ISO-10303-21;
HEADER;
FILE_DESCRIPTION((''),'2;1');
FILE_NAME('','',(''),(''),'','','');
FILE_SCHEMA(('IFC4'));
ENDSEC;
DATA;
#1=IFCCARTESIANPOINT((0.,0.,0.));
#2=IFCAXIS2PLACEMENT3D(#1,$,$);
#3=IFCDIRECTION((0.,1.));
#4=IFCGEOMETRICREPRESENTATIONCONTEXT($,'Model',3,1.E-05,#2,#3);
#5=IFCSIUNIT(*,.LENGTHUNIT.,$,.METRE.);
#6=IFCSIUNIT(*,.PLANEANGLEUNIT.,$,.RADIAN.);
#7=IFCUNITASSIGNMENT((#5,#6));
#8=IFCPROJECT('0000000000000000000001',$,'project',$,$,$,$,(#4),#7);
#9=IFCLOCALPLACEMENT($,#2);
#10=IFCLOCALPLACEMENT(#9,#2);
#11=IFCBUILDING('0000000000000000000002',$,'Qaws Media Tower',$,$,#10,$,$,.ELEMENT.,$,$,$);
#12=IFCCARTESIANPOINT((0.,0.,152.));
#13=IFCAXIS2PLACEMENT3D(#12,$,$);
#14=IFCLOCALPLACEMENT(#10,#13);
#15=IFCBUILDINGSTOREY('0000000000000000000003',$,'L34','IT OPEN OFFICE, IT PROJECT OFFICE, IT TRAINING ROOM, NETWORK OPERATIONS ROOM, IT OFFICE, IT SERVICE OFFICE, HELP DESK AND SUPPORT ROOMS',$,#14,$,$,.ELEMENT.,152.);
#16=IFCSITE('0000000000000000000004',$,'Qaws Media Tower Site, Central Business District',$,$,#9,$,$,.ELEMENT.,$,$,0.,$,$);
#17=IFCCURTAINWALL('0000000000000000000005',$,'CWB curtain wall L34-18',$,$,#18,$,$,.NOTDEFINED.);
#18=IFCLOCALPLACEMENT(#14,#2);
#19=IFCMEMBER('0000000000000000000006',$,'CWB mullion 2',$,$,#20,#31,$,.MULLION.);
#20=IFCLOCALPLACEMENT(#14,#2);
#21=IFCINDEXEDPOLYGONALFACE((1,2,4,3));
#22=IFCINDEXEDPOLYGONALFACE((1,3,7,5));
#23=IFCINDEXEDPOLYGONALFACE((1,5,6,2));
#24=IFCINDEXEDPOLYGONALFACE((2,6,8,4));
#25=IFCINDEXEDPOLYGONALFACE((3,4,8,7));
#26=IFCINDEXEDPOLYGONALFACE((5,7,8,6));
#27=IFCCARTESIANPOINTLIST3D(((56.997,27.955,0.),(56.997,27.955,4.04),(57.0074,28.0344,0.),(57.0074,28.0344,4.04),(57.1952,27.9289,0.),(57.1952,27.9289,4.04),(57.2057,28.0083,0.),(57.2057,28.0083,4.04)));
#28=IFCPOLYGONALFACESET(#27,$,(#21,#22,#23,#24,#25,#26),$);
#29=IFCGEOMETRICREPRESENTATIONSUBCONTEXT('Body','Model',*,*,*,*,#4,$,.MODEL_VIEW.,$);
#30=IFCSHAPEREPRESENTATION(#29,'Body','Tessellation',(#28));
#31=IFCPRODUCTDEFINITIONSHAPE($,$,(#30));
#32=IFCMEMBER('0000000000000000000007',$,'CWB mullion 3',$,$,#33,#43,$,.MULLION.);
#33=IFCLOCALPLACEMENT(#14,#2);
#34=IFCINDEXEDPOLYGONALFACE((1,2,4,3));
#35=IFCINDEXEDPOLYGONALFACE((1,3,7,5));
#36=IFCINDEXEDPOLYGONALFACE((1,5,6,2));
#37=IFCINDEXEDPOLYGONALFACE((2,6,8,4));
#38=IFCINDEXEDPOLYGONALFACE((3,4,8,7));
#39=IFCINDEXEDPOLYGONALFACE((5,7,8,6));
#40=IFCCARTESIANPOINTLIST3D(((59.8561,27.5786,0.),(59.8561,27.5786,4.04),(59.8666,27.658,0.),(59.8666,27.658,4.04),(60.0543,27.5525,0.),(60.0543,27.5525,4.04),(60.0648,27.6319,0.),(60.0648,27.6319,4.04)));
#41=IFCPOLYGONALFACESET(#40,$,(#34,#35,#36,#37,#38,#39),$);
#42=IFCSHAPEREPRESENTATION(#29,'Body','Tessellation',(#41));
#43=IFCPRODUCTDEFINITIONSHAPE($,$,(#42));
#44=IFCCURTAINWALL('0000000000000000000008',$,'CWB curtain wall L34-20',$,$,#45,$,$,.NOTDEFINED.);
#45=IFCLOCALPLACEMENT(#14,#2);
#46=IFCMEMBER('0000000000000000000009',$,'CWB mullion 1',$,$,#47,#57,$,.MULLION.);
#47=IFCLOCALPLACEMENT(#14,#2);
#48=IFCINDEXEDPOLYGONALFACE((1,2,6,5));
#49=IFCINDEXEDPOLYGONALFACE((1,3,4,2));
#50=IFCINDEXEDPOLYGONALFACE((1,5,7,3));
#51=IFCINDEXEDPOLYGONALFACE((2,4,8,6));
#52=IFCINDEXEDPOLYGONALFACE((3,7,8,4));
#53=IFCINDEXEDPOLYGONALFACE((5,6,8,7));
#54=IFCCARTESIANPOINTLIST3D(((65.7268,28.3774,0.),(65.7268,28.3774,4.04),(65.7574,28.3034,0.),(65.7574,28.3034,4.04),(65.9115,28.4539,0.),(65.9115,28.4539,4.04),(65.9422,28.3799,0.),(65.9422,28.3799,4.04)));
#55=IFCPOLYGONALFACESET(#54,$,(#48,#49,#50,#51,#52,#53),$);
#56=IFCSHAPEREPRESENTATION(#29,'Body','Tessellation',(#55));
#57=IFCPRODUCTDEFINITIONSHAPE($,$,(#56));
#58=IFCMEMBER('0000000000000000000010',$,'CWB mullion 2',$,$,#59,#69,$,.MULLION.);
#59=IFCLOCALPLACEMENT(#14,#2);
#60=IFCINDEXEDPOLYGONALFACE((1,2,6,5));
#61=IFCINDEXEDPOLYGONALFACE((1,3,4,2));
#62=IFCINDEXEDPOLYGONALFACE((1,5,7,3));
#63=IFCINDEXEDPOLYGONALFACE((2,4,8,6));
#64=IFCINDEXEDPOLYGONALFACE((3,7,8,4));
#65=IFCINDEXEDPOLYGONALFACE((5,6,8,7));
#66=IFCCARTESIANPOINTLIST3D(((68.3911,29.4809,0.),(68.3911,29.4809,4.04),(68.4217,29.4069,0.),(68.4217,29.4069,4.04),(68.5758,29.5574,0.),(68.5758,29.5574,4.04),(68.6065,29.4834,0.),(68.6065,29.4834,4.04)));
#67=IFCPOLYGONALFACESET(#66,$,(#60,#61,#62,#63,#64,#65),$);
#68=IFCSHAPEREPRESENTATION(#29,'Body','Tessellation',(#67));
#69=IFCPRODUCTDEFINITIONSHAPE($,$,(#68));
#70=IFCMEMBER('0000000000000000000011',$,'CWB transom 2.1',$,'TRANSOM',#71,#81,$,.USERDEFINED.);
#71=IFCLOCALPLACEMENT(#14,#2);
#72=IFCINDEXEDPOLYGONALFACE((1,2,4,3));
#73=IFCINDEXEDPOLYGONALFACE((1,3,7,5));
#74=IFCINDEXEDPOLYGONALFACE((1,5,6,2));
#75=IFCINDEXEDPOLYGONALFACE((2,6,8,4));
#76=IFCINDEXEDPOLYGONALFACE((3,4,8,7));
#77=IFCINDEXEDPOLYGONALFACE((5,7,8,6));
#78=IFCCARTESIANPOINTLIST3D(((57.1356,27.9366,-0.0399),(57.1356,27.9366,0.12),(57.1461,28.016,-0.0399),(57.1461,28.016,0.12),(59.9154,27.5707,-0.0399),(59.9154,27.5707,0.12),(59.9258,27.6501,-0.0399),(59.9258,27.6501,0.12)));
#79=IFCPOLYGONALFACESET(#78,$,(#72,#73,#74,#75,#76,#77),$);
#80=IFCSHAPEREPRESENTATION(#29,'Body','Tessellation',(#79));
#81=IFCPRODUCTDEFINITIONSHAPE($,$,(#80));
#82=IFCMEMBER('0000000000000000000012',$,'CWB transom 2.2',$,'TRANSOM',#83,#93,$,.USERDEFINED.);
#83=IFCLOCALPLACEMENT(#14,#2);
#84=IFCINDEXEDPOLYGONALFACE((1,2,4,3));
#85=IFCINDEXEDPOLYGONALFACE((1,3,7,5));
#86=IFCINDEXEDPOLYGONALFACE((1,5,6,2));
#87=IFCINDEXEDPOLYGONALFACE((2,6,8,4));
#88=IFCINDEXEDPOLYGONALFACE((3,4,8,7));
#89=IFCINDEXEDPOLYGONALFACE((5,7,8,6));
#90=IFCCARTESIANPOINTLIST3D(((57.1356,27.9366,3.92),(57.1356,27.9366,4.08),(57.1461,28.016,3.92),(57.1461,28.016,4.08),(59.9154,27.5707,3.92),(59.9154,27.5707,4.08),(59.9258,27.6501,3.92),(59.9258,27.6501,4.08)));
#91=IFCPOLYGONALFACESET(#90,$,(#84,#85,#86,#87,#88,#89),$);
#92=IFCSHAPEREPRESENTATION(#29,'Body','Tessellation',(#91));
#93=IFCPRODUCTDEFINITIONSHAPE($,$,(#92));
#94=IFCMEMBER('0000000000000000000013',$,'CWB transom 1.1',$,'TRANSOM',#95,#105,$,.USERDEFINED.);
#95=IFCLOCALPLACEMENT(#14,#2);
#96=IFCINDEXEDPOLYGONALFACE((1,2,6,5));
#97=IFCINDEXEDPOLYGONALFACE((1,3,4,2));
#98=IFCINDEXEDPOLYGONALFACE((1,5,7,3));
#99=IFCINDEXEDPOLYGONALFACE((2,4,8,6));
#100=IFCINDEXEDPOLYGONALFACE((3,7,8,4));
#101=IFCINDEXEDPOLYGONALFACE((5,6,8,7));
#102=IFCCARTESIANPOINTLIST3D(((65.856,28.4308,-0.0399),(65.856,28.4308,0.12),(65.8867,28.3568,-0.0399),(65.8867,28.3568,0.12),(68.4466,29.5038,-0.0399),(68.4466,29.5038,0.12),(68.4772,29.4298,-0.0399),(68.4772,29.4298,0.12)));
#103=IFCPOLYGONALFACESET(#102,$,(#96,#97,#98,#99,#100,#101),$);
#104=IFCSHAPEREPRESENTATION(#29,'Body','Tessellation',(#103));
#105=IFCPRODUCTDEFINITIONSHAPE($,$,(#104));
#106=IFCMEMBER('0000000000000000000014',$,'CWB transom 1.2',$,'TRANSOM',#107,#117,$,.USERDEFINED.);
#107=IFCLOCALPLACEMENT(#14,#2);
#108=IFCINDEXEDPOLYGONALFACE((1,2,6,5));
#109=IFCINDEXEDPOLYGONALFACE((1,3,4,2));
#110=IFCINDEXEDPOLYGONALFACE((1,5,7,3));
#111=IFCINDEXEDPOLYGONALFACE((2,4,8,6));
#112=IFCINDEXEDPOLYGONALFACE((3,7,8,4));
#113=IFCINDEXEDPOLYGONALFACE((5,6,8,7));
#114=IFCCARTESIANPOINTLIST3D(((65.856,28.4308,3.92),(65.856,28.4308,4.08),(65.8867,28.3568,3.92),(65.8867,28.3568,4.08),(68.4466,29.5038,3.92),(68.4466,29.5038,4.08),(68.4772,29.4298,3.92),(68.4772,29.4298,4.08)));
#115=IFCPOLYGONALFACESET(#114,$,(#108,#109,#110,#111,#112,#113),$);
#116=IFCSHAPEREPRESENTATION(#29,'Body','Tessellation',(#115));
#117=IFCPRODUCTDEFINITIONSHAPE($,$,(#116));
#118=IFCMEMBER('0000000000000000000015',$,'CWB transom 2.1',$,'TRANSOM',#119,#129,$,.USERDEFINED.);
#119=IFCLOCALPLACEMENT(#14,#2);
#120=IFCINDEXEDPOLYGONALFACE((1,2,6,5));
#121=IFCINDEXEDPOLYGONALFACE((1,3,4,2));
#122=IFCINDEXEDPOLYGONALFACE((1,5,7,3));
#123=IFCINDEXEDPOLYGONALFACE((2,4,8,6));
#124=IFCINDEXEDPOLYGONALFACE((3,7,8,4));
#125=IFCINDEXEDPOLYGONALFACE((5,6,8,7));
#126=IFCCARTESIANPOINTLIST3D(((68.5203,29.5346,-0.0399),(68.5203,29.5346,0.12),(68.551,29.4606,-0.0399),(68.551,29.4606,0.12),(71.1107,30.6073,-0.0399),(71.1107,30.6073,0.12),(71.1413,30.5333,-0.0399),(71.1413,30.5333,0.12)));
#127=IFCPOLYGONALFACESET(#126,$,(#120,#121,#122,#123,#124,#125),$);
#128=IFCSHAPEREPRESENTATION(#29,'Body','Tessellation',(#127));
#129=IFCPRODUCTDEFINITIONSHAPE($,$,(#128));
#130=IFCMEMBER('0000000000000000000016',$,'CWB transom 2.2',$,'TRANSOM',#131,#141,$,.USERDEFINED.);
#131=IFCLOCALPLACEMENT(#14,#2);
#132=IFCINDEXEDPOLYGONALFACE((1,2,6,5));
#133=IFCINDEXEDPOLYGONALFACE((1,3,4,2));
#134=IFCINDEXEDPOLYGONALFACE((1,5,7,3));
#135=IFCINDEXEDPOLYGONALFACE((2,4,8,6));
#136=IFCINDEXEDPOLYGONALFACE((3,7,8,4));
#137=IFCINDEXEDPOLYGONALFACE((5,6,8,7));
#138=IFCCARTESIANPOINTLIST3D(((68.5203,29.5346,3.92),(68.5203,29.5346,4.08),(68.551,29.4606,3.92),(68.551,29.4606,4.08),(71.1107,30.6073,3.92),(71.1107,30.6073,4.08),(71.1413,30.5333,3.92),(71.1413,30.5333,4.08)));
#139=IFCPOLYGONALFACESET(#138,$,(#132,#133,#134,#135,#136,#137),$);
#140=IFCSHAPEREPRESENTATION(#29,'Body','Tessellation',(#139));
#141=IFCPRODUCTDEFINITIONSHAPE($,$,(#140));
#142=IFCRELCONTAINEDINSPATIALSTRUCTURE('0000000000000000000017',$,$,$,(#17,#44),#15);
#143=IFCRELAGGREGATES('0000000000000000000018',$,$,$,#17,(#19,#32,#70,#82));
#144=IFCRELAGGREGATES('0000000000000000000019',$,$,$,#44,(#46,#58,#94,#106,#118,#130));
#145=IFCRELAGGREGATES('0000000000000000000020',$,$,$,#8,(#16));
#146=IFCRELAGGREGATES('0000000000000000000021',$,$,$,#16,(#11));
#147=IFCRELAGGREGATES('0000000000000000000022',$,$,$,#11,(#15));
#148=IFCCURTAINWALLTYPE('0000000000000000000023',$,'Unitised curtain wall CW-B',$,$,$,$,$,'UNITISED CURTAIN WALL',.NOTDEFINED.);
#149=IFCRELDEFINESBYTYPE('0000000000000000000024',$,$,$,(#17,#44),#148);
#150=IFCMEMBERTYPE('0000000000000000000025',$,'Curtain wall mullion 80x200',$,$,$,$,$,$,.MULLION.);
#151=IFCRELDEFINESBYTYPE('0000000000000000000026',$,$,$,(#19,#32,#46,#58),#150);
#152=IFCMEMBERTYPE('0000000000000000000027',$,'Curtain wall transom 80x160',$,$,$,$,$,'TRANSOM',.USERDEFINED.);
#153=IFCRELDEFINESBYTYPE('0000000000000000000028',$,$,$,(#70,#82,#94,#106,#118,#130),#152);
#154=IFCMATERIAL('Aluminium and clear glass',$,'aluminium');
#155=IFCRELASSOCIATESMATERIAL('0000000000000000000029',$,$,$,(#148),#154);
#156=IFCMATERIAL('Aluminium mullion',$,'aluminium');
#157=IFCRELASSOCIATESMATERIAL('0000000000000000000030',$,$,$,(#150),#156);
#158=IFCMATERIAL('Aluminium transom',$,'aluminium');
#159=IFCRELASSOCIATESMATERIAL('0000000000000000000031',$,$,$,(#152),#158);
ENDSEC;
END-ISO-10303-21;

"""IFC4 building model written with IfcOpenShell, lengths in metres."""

from ifc_helpers import new_model, si_unit, direction, frame, origin, origin_2d, place, context, subcontext, project, spatial, rectangle, extrude, material, material_profile, profile_set, type_object, element, aggregate, save


model = new_model("IFC4")

# Units and contexts
model_context = context("Model", 3, precision=1e-05, world=origin(), true_north=direction((0.0, 1.0)))
body_context = subcontext(model_context, "Body", "Model", "MODEL_VIEW")
ifc_project = project(units=[si_unit("LENGTHUNIT", "METRE"), si_unit("PLANEANGLEUNIT", "RADIAN")], contexts=[model_context])

# Site, building, storey
site_placement = place(None, origin())
site = spatial("IfcSite", under=ifc_project, at=site_placement, Name="Qaws Media Tower Site, Central Business District", CompositionType="ELEMENT", RefElevation=0.0)
building_placement = place(site_placement, origin())
building = spatial("IfcBuilding", under=site, at=building_placement, Name="Qaws Media Tower", CompositionType="ELEMENT")
storey_placement = place(building_placement, frame((0.0, 0.0, 152.0)))
storey = spatial("IfcBuildingStorey", under=building, at=storey_placement, Name="L34", Description="IT OPEN OFFICE, IT PROJECT OFFICE, IT TRAINING ROOM, NETWORK OPERATIONS ROOM, IT OFFICE, IT SERVICE OFFICE, HELP DESK AND SUPPORT ROOMS", CompositionType="ELEMENT", Elevation=152.0)

# Curtain walls, members
ifc_material_1 = material(Name="Aluminium and clear glass", Category="aluminium")
curtain_wall_type = type_object("IfcCurtainWallType", Name="Unitised curtain wall CW-B", ElementType="UNITISED CURTAIN WALL", PredefinedType="NOTDEFINED", material=ifc_material_1)
curtain_wall_1_placement = place(storey_placement, origin())
curtain_wall_1 = element("IfcCurtainWall", 1, at=curtain_wall_1_placement, inside=storey, type_object=curtain_wall_type, Name="CWB curtain wall L34-18", PredefinedType="NOTDEFINED")
ifc_material_2 = material(Name="Aluminium mullion", Category="aluminium")
ifc_material_profile_1 = material_profile(ifc_material_2, rectangle(XDim=0.0801, YDim=0.2, at=origin_2d()), Name="80x200")
ifc_profile_set_1 = profile_set([ifc_material_profile_1], Name="Aluminium mullion")
member_type_1 = type_object("IfcMemberType", Name="Curtain wall mullion 80x200", PredefinedType="MULLION", material=ifc_profile_set_1)
member_1_placement = place(storey_placement, frame((57.1013, 27.9817, 0.0), z_axis=(0.0, 0.0, 1.0), x_axis=(0.130526, 0.991445, 0.0)))
member_1 = element("IfcMember", 2, at=member_1_placement, type_object=member_type_1, Name="CWB mullion 2", PredefinedType="MULLION", context=body_context, shape_type="SweptSolid", body=[
    extrude(rectangle(XDim=0.0801, YDim=0.2, at=origin_2d()), origin(), (0.0, 0.0, 1.0), 4.04),
])
member_2_placement = place(storey_placement, frame((59.9604, 27.6052, 0.0), z_axis=(0.0, 0.0, 1.0), x_axis=(0.130526, 0.991445, 0.0)))
member_2 = element("IfcMember", 3, at=member_2_placement, type_object=member_type_1, Name="CWB mullion 3", PredefinedType="MULLION", context=body_context, shape_type="SweptSolid", body=[
    extrude(rectangle(XDim=0.0801, YDim=0.2, at=origin_2d()), origin(), (0.0, 0.0, 1.0), 4.04),
])
curtain_wall_2_placement = place(storey_placement, origin())
curtain_wall_2 = element("IfcCurtainWall", 4, at=curtain_wall_2_placement, inside=storey, type_object=curtain_wall_type, Name="CWB curtain wall L34-20", PredefinedType="NOTDEFINED")
member_3_placement = place(storey_placement, frame((65.8345, 28.3787, 0.0), z_axis=(0.0, 0.0, 1.0), x_axis=(-0.382684, 0.923879, 0.0)))
member_3 = element("IfcMember", 5, at=member_3_placement, type_object=member_type_1, Name="CWB mullion 1", PredefinedType="MULLION", context=body_context, shape_type="SweptSolid", body=[
    extrude(rectangle(XDim=0.0801, YDim=0.2, at=origin_2d()), origin(), (0.0, 0.0, 1.0), 4.04),
])
member_4_placement = place(storey_placement, frame((68.4988, 29.4822, 0.0), z_axis=(0.0, 0.0, 1.0), x_axis=(-0.382684, 0.923879, 0.0)))
member_4 = element("IfcMember", 6, at=member_4_placement, type_object=member_type_1, Name="CWB mullion 2", PredefinedType="MULLION", context=body_context, shape_type="SweptSolid", body=[
    extrude(rectangle(XDim=0.0801, YDim=0.2, at=origin_2d()), origin(), (0.0, 0.0, 1.0), 4.04),
])

# Members
ifc_material_3 = material(Name="Aluminium transom", Category="aluminium")
ifc_material_profile_2 = material_profile(ifc_material_3, rectangle(XDim=0.0801, YDim=0.1599, at=origin_2d()), Name="80x160")
ifc_profile_set_2 = profile_set([ifc_material_profile_2], Name="Aluminium transom")
member_type_2 = type_object("IfcMemberType", Name="Curtain wall transom 80x160", ElementType="TRANSOM", PredefinedType="USERDEFINED", material=ifc_profile_set_2)
member_5_placement = place(storey_placement, frame((57.1409, 27.9763, 0.04), z_axis=(0.991445, -0.130527, 0.0), x_axis=(0.130527, 0.991445, 0.0)))
member_5 = element("IfcMember", 7, at=member_5_placement, type_object=member_type_2, Name="CWB transom 2.1", ObjectType="TRANSOM", PredefinedType="USERDEFINED", context=body_context, shape_type="SweptSolid", body=[
    extrude(rectangle(XDim=0.0801, YDim=0.1599, at=origin_2d()), origin(), (0.0, 0.0, 1.0), 2.8037),
])
member_6_placement = place(storey_placement, frame((57.1409, 27.9763, 4.0), z_axis=(0.991445, -0.130527, 0.0), x_axis=(0.130527, 0.991445, 0.0)))
member_6 = element("IfcMember", 8, at=member_6_placement, type_object=member_type_2, Name="CWB transom 2.2", ObjectType="TRANSOM", PredefinedType="USERDEFINED", context=body_context, shape_type="SweptSolid", body=[
    extrude(rectangle(XDim=0.0801, YDim=0.1599, at=origin_2d()), origin(), (0.0, 0.0, 1.0), 2.8037),
])
member_7_placement = place(storey_placement, frame((65.8713, 28.3938, 0.04), z_axis=(0.923886, 0.382667, 0.0), x_axis=(-0.382667, 0.923886, 0.0)))
member_7 = element("IfcMember", 9, at=member_7_placement, type_object=member_type_2, Name="CWB transom 1.1", ObjectType="TRANSOM", PredefinedType="USERDEFINED", context=body_context, shape_type="SweptSolid", body=[
    extrude(rectangle(XDim=0.0801, YDim=0.1599, at=origin_2d()), origin(), (0.0, 0.0, 1.0), 2.804),
])
member_8_placement = place(storey_placement, frame((65.8713, 28.3938, 4.0), z_axis=(0.923886, 0.382667, 0.0), x_axis=(-0.382667, 0.923886, 0.0)))
member_8 = element("IfcMember", 10, at=member_8_placement, type_object=member_type_2, Name="CWB transom 1.2", ObjectType="TRANSOM", PredefinedType="USERDEFINED", context=body_context, shape_type="SweptSolid", body=[
    extrude(rectangle(XDim=0.0801, YDim=0.1599, at=origin_2d()), origin(), (0.0, 0.0, 1.0), 2.804),
])
member_9_placement = place(storey_placement, frame((68.5356, 29.4976, 0.04), z_axis=(0.923904, 0.382624, 0.0), x_axis=(-0.382624, 0.923904, 0.0)))
member_9 = element("IfcMember", 11, at=member_9_placement, type_object=member_type_2, Name="CWB transom 2.1", ObjectType="TRANSOM", PredefinedType="USERDEFINED", context=body_context, shape_type="SweptSolid", body=[
    extrude(rectangle(XDim=0.0801, YDim=0.1599, at=origin_2d()), origin(), (0.0, 0.0, 1.0), 2.8037),
])
member_10_placement = place(storey_placement, frame((68.5356, 29.4976, 4.0), z_axis=(0.923904, 0.382624, 0.0), x_axis=(-0.382624, 0.923904, 0.0)))
member_10 = element("IfcMember", 12, at=member_10_placement, type_object=member_type_2, Name="CWB transom 2.2", ObjectType="TRANSOM", PredefinedType="USERDEFINED", context=body_context, shape_type="SweptSolid", body=[
    extrude(rectangle(XDim=0.0801, YDim=0.1599, at=origin_2d()), origin(), (0.0, 0.0, 1.0), 2.8037),
])

aggregate(curtain_wall_1, [member_1, member_2, member_5, member_6])
aggregate(curtain_wall_2, [member_3, member_4, member_7, member_8, member_9, member_10])

save(model, "model.ifc")
